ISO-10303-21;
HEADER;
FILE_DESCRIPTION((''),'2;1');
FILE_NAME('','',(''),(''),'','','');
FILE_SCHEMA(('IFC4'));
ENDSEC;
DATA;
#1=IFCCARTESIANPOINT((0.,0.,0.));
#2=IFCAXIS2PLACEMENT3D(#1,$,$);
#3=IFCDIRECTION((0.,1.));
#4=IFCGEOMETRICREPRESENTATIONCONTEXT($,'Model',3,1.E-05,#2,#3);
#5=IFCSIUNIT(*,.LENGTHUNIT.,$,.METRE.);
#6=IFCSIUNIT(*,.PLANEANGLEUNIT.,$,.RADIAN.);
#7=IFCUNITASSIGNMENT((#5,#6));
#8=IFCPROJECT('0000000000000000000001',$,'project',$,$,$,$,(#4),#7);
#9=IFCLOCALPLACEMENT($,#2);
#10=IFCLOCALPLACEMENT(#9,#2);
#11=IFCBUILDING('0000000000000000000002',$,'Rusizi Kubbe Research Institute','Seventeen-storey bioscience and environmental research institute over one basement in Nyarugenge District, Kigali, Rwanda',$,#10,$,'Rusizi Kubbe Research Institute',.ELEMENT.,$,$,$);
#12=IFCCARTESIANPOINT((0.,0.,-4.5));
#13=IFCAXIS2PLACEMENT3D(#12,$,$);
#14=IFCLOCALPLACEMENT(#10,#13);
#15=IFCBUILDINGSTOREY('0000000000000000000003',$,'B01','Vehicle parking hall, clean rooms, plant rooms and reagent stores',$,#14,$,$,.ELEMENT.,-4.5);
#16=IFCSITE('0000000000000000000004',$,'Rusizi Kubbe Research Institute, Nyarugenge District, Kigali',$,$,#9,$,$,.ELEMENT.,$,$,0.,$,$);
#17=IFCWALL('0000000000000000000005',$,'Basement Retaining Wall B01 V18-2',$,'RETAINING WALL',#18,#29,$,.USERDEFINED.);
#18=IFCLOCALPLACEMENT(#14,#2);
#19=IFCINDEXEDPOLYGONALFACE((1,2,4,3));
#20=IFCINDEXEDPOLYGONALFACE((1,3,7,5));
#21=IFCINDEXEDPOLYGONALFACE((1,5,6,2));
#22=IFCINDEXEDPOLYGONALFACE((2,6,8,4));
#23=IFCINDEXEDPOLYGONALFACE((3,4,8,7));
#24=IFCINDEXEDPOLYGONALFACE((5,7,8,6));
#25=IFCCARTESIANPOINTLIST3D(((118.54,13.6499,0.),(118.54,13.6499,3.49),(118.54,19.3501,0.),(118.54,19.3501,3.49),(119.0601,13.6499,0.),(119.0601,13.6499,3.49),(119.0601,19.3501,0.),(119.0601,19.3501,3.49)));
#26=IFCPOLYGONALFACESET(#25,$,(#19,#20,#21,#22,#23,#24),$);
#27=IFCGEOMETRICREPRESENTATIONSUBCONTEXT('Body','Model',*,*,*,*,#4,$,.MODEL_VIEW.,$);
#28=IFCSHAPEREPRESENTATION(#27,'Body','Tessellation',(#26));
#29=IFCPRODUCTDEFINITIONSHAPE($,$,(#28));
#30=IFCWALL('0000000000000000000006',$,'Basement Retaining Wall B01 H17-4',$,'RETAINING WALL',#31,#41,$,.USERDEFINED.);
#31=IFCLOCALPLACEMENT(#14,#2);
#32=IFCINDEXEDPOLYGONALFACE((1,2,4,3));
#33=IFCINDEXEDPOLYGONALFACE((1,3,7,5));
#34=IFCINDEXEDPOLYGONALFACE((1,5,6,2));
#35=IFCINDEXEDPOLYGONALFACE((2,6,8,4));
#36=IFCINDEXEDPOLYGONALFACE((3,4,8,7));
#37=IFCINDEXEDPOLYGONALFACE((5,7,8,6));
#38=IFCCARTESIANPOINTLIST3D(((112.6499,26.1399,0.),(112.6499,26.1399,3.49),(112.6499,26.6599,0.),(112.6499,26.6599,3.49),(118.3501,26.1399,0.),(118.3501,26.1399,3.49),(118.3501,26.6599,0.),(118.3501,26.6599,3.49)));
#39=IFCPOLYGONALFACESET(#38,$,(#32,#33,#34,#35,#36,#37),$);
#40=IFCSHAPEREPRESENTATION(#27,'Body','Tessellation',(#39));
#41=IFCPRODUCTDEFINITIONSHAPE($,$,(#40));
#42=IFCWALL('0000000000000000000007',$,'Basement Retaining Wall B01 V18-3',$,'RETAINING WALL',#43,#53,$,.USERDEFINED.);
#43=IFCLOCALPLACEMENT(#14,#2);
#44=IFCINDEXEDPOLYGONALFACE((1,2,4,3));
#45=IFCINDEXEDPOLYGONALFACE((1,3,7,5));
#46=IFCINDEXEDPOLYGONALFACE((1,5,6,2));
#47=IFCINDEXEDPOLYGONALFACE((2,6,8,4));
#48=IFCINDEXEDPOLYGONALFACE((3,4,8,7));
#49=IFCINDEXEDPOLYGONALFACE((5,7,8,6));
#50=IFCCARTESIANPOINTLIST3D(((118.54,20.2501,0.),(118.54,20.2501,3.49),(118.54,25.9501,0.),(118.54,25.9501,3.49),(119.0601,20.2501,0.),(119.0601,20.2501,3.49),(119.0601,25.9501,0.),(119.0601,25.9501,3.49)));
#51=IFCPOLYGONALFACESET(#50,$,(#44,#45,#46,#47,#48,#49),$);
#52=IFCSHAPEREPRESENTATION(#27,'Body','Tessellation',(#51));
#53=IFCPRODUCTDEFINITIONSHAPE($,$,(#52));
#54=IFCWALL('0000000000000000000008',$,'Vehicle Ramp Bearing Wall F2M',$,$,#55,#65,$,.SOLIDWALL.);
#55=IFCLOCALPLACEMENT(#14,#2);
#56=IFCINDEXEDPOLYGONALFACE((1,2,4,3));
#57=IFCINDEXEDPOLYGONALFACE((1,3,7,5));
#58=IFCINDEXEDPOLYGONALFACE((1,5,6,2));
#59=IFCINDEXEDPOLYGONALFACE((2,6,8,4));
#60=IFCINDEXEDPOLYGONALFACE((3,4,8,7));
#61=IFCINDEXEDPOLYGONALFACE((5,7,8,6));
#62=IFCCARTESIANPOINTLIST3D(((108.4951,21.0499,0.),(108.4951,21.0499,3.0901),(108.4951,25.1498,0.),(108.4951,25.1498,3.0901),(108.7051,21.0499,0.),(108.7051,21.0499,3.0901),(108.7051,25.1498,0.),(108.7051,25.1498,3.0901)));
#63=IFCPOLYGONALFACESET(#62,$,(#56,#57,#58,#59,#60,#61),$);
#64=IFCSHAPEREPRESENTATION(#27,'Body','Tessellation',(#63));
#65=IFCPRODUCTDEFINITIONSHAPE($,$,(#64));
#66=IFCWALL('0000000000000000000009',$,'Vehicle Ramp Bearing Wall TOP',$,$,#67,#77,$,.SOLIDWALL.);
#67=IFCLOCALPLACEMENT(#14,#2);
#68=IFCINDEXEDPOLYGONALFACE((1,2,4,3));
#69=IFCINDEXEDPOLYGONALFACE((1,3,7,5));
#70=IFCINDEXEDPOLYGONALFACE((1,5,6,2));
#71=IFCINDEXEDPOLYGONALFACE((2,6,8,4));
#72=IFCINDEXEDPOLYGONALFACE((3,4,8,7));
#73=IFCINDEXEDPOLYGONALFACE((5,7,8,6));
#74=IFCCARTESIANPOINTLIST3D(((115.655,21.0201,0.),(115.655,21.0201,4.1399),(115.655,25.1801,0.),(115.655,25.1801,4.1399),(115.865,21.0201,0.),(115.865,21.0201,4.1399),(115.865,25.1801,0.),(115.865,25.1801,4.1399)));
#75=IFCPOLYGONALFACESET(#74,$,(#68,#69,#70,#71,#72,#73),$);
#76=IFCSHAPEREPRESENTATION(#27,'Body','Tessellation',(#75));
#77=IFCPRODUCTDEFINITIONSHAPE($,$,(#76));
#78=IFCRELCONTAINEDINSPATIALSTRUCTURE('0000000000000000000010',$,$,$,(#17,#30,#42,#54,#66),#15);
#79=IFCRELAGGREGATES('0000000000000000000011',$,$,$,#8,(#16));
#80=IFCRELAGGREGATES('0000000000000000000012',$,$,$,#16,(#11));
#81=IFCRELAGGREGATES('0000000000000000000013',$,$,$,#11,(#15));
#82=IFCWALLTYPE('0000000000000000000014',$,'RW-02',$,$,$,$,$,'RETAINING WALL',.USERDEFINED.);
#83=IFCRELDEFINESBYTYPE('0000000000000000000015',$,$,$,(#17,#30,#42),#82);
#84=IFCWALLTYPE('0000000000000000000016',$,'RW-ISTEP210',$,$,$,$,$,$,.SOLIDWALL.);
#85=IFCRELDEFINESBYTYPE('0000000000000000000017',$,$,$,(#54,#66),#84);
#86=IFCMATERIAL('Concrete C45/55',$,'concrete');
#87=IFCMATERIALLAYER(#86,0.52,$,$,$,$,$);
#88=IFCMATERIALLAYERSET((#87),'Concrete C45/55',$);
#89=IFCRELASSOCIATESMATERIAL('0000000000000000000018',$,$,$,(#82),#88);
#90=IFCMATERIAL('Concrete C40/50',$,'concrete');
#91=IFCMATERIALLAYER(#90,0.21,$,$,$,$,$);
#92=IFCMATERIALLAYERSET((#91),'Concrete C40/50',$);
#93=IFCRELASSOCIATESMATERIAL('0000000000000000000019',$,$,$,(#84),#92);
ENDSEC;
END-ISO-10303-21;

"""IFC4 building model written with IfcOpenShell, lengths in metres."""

from ifc_helpers import new_model, si_unit, direction, frame, frame_2d, origin, place, context, subcontext, project, spatial, rectangle, extrude, material, layer, layer_set, type_object, element, save


model = new_model("IFC4")

# Units and contexts
model_context = context("Model", 3, precision=1e-05, world=origin(), true_north=direction((0.0, 1.0)))
body_context = subcontext(model_context, "Body", "Model", "MODEL_VIEW")
ifc_project = project(units=[si_unit("LENGTHUNIT", "METRE"), si_unit("PLANEANGLEUNIT", "RADIAN")], contexts=[model_context])

# Site, building, storey
site_placement = place(None, origin())
site = spatial("IfcSite", under=ifc_project, at=site_placement, Name="Rusizi Kubbe Research Institute, Nyarugenge District, Kigali", CompositionType="ELEMENT", RefElevation=0.0)
building_placement = place(site_placement, origin())
building = spatial("IfcBuilding", under=site, at=building_placement, Name="Rusizi Kubbe Research Institute", Description="Seventeen-storey bioscience and environmental research institute over one basement in Nyarugenge District, Kigali, Rwanda", LongName="Rusizi Kubbe Research Institute", CompositionType="ELEMENT")
storey_placement = place(building_placement, frame((0.0, 0.0, -4.5)))
storey = spatial("IfcBuildingStorey", under=building, at=storey_placement, Name="B01", Description="Vehicle parking hall, clean rooms, plant rooms and reagent stores", CompositionType="ELEMENT", Elevation=-4.5)

# Walls
ifc_material_1 = material(Name="Concrete C45/55", Category="concrete")
ifc_layer_1 = layer(ifc_material_1, 0.52)
ifc_layer_set_1 = layer_set([ifc_layer_1], Name="Concrete C45/55")
wall_type_1 = type_object("IfcWallType", Name="RW-02", ElementType="RETAINING WALL", PredefinedType="USERDEFINED", material=ifc_layer_set_1)
for number, where, z_axis, x_axis, name in (
    (1, (118.8, 13.6499, 0.0), (0.0, 0.0, 1.0), (0.0, 1.0, 0.0), "Basement Retaining Wall B01 V18-2"),
    (2, (112.6499, 26.3999, 0.0), (0.0, 0.0, 1.0), (1.0, 0.0, 0.0), "Basement Retaining Wall B01 H17-4"),
):
    element("IfcWall", number, at=place(storey_placement, frame(where, z_axis=z_axis, x_axis=x_axis)), inside=storey, type_object=wall_type_1, Name=name, ObjectType="RETAINING WALL", PredefinedType="USERDEFINED", context=body_context, shape_type="SweptSolid", body=[
        extrude(rectangle(XDim=5.7002, YDim=0.52, at=frame_2d((2.8501, 0.0))), origin(), (0.0, 0.0, 1.0), 3.49),
    ])
wall_1_placement = place(storey_placement, frame((118.8, 20.25, 0.0), z_axis=(0.0, 0.0, 1.0), x_axis=(0.0, 1.0, 0.0)))
element("IfcWall", 3, at=wall_1_placement, inside=storey, type_object=wall_type_1, Name="Basement Retaining Wall B01 V18-3", ObjectType="RETAINING WALL", PredefinedType="USERDEFINED", context=body_context, shape_type="SweptSolid", body=[
    extrude(rectangle(XDim=5.7, YDim=0.52, at=frame_2d((2.8501, 0.0))), origin(), (0.0, 0.0, 1.0), 3.49),
])
ifc_material_2 = material(Name="Concrete C40/50", Category="concrete")
ifc_layer_2 = layer(ifc_material_2, 0.21)
ifc_layer_set_2 = layer_set([ifc_layer_2], Name="Concrete C40/50")
wall_type_2 = type_object("IfcWallType", Name="RW-ISTEP210", PredefinedType="SOLIDWALL", material=ifc_layer_set_2)
wall_2_placement = place(storey_placement, frame((108.6001, 21.05, 0.0), z_axis=(0.0, 0.0, 1.0), x_axis=(0.0, 1.0, 0.0)))
element("IfcWall", 4, at=wall_2_placement, inside=storey, type_object=wall_type_2, Name="Vehicle Ramp Bearing Wall F2M", PredefinedType="SOLIDWALL", context=body_context, shape_type="SweptSolid", body=[
    extrude(rectangle(XDim=4.0999, YDim=0.21, at=frame_2d((2.0498, 0.0))), origin(), (0.0, 0.0, 1.0), 3.0901),
])
wall_3_placement = place(storey_placement, frame((115.76, 21.02, 0.0), z_axis=(0.0, 0.0, 1.0), x_axis=(0.0, 1.0, 0.0)))
element("IfcWall", 5, at=wall_3_placement, inside=storey, type_object=wall_type_2, Name="Vehicle Ramp Bearing Wall TOP", PredefinedType="SOLIDWALL", context=body_context, shape_type="SweptSolid", body=[
    extrude(rectangle(XDim=4.1599, YDim=0.21, at=frame_2d((2.0801, 0.0))), origin(), (0.0, 0.0, 1.0), 4.1399),
])

save(model, "model.ifc")
